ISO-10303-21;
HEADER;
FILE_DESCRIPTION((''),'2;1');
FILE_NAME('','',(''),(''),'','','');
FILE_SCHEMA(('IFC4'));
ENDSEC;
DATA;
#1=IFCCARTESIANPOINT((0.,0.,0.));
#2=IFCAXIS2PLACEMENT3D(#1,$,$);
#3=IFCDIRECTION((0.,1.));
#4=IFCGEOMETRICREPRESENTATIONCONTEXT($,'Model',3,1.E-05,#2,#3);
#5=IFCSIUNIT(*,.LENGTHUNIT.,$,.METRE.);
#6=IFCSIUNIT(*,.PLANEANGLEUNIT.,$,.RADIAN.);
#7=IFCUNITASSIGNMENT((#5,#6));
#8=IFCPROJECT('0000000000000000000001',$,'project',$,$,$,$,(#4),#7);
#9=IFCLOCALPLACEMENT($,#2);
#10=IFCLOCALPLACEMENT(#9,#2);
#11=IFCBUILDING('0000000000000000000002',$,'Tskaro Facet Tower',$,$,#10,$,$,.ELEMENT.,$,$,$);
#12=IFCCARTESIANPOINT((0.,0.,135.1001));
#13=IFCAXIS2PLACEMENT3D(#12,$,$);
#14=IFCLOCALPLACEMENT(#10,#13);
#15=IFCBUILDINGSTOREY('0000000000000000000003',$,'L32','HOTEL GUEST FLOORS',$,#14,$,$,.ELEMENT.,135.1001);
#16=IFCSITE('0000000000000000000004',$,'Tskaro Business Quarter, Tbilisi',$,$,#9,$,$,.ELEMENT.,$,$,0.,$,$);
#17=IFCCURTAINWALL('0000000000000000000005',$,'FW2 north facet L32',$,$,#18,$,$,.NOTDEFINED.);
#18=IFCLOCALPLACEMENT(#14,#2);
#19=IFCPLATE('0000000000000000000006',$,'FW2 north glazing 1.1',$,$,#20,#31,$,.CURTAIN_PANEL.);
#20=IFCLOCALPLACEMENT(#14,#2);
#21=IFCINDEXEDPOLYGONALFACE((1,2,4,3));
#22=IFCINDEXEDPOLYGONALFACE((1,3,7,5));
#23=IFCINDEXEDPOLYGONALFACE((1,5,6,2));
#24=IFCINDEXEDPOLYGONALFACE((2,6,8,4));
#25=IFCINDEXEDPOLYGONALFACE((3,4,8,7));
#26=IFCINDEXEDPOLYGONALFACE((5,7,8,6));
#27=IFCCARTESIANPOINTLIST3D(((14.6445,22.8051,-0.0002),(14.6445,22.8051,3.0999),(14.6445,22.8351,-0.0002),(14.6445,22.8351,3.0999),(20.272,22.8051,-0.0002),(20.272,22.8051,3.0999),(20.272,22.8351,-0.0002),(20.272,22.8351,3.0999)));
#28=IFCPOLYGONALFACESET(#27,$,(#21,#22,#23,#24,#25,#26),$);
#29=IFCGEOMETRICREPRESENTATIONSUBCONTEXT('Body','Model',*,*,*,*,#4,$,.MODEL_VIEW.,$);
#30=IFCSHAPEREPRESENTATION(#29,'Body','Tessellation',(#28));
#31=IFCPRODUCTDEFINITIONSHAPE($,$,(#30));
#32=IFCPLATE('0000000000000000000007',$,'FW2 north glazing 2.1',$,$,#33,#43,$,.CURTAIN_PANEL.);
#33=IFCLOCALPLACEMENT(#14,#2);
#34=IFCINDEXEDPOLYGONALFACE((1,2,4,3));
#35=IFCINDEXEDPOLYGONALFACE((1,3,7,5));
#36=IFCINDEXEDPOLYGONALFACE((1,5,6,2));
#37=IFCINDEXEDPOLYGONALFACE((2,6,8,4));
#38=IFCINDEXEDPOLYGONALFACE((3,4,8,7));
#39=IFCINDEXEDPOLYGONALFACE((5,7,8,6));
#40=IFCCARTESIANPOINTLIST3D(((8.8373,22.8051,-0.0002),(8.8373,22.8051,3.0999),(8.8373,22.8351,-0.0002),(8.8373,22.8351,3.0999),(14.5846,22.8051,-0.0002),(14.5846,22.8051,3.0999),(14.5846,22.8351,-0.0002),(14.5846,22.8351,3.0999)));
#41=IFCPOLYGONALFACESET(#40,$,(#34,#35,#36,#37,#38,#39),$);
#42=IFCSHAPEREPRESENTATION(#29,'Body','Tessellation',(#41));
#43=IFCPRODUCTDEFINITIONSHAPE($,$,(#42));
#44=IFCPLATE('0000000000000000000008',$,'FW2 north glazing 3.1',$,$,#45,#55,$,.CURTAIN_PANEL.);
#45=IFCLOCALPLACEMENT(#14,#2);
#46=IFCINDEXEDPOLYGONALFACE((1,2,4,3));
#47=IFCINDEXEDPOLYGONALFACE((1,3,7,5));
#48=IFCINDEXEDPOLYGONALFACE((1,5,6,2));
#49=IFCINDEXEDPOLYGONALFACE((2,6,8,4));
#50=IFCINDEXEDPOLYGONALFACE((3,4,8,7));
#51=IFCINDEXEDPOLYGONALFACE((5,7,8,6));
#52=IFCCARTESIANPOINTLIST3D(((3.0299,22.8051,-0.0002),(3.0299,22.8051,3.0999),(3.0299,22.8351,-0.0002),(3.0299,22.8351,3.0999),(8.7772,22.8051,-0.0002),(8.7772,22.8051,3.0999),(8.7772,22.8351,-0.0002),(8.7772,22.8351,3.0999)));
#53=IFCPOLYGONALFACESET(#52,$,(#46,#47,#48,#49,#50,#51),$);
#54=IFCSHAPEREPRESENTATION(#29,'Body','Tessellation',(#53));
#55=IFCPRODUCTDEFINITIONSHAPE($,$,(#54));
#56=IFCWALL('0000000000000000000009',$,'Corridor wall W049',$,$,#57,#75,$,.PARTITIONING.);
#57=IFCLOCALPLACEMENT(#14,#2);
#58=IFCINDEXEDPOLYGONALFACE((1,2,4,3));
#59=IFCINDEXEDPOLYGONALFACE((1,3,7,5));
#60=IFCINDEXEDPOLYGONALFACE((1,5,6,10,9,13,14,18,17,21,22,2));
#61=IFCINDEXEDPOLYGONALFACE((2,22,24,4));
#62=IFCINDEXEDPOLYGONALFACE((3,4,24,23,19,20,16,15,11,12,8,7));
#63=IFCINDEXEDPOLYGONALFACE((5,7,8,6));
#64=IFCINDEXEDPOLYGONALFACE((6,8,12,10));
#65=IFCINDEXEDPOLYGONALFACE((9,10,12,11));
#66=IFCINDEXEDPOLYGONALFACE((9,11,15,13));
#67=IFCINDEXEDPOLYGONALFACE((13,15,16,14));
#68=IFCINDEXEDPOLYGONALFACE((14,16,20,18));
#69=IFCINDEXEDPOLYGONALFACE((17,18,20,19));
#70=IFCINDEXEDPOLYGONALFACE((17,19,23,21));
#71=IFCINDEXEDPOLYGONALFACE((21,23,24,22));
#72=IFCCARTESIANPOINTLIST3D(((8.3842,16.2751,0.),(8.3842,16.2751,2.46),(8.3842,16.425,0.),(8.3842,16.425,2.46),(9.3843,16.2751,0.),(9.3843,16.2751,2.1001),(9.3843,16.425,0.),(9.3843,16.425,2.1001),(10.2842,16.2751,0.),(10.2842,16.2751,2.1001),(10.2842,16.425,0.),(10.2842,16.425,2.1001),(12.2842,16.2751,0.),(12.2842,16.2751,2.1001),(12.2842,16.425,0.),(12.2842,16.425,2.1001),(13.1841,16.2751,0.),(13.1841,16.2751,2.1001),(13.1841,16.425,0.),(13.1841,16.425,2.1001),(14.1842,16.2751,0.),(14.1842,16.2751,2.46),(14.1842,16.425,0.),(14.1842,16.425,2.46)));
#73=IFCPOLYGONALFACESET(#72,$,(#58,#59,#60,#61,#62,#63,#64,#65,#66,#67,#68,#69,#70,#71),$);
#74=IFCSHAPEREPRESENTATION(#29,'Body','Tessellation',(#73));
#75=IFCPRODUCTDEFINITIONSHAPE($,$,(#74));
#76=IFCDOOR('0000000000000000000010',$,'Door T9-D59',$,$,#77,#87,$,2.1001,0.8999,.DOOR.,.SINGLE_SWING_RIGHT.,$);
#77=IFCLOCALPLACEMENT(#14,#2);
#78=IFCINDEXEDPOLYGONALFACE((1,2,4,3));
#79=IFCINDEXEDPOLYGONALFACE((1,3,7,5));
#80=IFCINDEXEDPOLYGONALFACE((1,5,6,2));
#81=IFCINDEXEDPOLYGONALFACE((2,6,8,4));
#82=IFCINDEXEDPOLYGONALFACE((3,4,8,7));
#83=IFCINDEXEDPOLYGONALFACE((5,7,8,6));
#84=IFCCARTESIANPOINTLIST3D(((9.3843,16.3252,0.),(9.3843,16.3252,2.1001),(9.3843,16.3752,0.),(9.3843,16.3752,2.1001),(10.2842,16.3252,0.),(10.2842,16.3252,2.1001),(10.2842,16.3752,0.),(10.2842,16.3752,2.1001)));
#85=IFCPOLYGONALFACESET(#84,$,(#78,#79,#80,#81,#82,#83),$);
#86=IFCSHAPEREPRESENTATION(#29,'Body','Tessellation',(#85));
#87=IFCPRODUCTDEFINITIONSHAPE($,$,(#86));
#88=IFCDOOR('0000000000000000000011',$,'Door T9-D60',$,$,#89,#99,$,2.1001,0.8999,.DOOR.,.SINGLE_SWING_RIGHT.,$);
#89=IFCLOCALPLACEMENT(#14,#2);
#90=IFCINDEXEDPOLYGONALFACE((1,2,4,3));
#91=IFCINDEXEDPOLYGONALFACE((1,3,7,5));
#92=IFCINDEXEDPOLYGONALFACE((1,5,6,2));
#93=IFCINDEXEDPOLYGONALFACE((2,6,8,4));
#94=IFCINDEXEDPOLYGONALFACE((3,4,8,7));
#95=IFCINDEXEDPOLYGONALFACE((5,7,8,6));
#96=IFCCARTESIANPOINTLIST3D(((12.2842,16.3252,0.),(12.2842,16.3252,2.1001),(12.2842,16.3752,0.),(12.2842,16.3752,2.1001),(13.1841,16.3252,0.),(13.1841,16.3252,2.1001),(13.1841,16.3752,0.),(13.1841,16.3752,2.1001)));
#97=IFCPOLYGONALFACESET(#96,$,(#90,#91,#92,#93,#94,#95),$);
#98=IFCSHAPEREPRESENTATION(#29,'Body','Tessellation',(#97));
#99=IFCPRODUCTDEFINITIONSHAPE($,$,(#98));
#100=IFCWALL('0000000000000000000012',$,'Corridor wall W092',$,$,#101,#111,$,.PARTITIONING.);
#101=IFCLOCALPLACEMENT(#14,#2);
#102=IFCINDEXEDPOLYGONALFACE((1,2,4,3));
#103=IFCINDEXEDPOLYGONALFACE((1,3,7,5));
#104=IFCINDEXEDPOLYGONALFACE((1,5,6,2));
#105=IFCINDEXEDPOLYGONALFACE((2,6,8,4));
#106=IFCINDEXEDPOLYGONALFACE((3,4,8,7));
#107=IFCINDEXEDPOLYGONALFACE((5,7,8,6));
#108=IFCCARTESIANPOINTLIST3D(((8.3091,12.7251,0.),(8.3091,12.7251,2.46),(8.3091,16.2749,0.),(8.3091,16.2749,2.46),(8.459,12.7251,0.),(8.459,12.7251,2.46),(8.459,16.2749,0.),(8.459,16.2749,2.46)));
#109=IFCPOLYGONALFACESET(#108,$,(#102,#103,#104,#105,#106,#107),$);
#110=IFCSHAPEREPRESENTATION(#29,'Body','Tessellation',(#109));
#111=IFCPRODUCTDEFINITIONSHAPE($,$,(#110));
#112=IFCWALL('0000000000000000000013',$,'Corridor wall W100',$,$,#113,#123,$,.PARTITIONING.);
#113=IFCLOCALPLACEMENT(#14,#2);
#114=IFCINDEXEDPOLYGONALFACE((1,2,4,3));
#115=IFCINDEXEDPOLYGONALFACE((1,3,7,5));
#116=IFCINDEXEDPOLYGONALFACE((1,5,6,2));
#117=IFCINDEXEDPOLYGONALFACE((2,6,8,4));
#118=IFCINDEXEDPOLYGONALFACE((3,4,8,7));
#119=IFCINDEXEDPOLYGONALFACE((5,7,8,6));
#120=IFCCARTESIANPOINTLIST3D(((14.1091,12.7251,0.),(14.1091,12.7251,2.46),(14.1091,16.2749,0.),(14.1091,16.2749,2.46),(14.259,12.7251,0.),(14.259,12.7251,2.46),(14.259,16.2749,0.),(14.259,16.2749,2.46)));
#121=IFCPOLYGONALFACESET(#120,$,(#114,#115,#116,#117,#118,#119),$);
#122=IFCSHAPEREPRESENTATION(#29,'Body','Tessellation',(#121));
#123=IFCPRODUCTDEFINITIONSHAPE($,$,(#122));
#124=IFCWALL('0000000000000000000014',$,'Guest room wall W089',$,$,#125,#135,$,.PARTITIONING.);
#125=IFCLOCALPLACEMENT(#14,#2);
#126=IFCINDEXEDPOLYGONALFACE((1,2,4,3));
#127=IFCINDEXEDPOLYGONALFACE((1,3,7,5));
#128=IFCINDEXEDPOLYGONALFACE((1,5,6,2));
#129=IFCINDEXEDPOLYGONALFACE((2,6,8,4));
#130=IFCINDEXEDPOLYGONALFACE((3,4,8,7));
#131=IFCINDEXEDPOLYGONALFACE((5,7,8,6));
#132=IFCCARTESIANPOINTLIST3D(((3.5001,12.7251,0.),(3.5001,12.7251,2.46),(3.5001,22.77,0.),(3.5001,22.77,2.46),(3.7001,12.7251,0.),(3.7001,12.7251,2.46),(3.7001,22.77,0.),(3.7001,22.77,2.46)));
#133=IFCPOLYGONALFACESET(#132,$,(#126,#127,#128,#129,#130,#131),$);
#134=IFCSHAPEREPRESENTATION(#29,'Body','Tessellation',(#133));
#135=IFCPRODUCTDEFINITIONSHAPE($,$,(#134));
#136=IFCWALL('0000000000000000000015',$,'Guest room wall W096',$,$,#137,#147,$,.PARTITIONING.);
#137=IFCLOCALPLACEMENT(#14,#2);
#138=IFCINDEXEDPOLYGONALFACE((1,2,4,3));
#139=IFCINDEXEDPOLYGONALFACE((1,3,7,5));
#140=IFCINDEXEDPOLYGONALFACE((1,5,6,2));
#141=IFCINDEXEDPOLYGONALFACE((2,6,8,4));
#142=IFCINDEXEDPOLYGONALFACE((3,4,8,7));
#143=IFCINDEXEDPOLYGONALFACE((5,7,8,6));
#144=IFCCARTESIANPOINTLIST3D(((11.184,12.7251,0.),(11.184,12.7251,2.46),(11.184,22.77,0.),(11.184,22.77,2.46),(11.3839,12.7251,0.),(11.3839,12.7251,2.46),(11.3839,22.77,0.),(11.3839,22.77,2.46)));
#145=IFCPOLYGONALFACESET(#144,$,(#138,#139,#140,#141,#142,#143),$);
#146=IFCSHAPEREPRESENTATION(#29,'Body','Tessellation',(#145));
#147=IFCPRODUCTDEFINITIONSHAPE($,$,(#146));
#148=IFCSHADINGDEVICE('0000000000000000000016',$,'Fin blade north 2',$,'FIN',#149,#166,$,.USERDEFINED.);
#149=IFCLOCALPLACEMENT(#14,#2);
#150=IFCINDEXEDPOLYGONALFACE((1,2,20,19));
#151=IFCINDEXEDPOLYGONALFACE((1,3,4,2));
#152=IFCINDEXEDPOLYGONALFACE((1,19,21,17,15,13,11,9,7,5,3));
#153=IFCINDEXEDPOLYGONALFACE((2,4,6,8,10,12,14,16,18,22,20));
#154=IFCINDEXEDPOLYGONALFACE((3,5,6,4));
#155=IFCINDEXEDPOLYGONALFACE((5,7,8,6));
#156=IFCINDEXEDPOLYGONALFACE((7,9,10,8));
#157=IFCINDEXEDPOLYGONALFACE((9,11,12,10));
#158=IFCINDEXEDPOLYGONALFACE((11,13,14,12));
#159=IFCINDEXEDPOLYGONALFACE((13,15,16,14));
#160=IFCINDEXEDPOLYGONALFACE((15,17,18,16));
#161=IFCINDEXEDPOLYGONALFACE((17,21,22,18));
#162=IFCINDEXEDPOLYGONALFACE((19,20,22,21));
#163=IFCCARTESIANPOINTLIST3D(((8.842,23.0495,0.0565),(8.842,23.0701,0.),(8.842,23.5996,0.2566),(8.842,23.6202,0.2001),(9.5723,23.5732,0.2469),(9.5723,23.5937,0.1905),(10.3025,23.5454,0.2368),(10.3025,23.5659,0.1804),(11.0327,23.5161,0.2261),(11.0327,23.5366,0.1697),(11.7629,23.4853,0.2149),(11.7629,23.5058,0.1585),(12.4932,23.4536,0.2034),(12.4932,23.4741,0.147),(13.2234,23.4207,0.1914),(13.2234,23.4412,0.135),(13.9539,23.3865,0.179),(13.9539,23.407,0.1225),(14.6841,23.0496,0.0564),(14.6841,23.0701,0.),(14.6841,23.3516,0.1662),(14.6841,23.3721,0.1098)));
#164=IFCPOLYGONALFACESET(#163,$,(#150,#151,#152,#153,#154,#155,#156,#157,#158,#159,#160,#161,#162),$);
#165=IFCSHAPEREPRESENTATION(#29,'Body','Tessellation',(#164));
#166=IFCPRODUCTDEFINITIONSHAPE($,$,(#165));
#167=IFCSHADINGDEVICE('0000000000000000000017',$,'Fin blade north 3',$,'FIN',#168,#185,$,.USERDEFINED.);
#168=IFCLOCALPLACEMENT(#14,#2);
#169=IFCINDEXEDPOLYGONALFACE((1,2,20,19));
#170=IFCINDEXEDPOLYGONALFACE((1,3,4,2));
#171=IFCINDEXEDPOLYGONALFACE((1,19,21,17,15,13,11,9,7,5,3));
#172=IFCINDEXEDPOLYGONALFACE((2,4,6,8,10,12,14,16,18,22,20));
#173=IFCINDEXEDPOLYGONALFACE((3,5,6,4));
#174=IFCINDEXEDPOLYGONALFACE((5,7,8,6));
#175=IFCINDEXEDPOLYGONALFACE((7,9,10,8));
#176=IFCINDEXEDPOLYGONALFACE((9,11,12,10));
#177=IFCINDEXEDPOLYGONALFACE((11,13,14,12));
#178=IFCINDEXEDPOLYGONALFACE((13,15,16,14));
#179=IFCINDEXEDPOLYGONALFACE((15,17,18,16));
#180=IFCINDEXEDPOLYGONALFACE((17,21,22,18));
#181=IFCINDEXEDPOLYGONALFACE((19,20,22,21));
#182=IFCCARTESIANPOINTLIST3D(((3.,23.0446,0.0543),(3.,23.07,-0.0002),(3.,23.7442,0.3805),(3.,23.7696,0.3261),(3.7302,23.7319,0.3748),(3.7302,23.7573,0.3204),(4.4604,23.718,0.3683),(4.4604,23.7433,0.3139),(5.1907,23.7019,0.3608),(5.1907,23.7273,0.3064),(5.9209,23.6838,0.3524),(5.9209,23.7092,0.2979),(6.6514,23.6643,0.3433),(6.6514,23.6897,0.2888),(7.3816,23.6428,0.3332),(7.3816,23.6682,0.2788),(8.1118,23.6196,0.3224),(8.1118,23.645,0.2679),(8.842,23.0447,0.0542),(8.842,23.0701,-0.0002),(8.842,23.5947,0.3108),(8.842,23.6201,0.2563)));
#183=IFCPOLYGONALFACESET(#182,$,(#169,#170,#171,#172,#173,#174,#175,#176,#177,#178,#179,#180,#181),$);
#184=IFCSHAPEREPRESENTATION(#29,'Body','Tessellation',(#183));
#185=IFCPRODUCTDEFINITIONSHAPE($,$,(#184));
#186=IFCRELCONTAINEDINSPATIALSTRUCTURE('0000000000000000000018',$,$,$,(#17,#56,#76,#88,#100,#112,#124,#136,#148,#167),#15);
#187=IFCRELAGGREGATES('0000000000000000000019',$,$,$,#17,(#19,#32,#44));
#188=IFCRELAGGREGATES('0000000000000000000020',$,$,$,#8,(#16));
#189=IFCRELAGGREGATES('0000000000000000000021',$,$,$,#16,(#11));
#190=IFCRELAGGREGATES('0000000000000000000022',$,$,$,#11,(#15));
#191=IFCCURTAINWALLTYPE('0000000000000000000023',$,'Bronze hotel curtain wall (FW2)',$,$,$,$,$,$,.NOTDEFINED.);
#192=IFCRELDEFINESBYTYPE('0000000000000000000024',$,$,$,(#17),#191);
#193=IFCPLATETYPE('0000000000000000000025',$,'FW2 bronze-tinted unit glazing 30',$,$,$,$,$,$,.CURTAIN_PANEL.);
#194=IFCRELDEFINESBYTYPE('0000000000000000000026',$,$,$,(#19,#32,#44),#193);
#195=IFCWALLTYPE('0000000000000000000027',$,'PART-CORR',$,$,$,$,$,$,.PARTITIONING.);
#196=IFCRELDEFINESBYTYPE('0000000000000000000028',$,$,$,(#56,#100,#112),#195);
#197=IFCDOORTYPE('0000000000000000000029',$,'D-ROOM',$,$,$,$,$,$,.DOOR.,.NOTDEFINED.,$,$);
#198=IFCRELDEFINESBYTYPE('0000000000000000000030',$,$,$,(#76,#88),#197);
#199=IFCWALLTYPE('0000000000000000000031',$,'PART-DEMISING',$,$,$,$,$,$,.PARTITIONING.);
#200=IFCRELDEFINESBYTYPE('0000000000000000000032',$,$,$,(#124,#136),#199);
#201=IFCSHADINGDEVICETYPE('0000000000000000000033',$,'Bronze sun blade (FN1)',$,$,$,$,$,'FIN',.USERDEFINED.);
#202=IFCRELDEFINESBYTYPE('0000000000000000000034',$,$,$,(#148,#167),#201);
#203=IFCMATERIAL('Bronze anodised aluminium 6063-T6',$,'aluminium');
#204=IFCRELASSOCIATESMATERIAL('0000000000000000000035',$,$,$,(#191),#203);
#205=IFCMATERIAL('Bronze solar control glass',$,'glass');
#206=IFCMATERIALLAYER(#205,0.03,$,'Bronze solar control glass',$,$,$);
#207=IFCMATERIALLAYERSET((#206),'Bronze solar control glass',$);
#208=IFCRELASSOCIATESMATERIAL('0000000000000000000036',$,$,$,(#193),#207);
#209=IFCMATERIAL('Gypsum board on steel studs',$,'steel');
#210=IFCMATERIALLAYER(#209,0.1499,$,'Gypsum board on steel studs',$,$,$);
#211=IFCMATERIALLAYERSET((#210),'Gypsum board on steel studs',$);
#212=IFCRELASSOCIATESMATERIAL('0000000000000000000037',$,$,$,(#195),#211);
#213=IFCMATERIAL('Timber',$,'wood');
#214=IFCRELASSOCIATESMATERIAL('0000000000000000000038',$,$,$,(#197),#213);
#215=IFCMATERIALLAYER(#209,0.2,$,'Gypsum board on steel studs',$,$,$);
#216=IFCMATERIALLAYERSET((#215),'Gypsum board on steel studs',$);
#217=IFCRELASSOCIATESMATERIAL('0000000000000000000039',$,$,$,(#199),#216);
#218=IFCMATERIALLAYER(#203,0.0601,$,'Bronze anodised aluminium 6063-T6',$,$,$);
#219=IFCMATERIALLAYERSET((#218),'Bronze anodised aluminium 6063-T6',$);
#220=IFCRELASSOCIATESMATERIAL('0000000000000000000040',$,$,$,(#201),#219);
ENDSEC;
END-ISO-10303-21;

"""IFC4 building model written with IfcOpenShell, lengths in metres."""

from ifc_helpers import new_model, si_unit, direction, frame, frame_2d, origin, origin_2d, place, context, subcontext, project, spatial, polyline, rectangle, outline, extrude, material, layer, layer_set, type_object, element, fill, aggregate, save


model = new_model("IFC4")

# Units and contexts
model_context = context("Model", 3, precision=1e-05, world=origin(), true_north=direction((0.0, 1.0)))
body_context = subcontext(model_context, "Body", "Model", "MODEL_VIEW")
ifc_project = project(units=[si_unit("LENGTHUNIT", "METRE"), si_unit("PLANEANGLEUNIT", "RADIAN")], contexts=[model_context])

# Site, building, storey
site_placement = place(None, origin())
site = spatial("IfcSite", under=ifc_project, at=site_placement, Name="Tskaro Business Quarter, Tbilisi", CompositionType="ELEMENT", RefElevation=0.0)
building_placement = place(site_placement, origin())
building = spatial("IfcBuilding", under=site, at=building_placement, Name="Tskaro Facet Tower", CompositionType="ELEMENT")
storey_placement = place(building_placement, frame((0.0, 0.0, 135.1001)))
storey = spatial("IfcBuildingStorey", under=building, at=storey_placement, Name="L32", Description="HOTEL GUEST FLOORS", CompositionType="ELEMENT", Elevation=135.1001)

# Curtain wall
ifc_material_1 = material(Name="Bronze anodised aluminium 6063-T6", Category="aluminium")
curtain_wall_type = type_object("IfcCurtainWallType", Name="Bronze hotel curtain wall (FW2)", PredefinedType="NOTDEFINED", material=ifc_material_1)
curtain_wall_placement = place(storey_placement, origin())
curtain_wall = element("IfcCurtainWall", 1, at=curtain_wall_placement, inside=storey, type_object=curtain_wall_type, Name="FW2 north facet L32", PredefinedType="NOTDEFINED")

# Plates
ifc_material_2 = material(Name="Bronze solar control glass", Category="glass")
ifc_layer_1 = layer(ifc_material_2, 0.03, Name="Bronze solar control glass")
ifc_layer_set_1 = layer_set([ifc_layer_1], Name="Bronze solar control glass")
plate_type = type_object("IfcPlateType", Name="FW2 bronze-tinted unit glazing 30", PredefinedType="CURTAIN_PANEL", material=ifc_layer_set_1)
plate_1_placement = place(storey_placement, frame((17.4583, 22.8201, -0.0002), z_axis=(0.0, 0.0, 1.0), x_axis=(-1.0, 0.0, 0.0)))
plate_1 = element("IfcPlate", 2, at=plate_1_placement, type_object=plate_type, Name="FW2 north glazing 1.1", PredefinedType="CURTAIN_PANEL", context=body_context, shape_type="SweptSolid", body=[
    extrude(rectangle(XDim=5.6274, YDim=0.03, at=origin_2d()), origin(), (0.0, 0.0, 1.0), 3.1001),
])
plate_2_placement = place(storey_placement, frame((11.7109, 22.8201, -0.0002), z_axis=(0.0, 0.0, 1.0), x_axis=(-1.0, 0.0, 0.0)))
plate_2 = element("IfcPlate", 3, at=plate_2_placement, type_object=plate_type, Name="FW2 north glazing 2.1", PredefinedType="CURTAIN_PANEL", context=body_context, shape_type="SweptSolid", body=[
    extrude(rectangle(XDim=5.7473, YDim=0.03, at=origin_2d()), origin(), (0.0, 0.0, 1.0), 3.1001),
])
plate_3_placement = place(storey_placement, frame((5.9036, 22.8201, -0.0002), z_axis=(0.0, 0.0, 1.0), x_axis=(-1.0, 0.0, 0.0)))
plate_3 = element("IfcPlate", 4, at=plate_3_placement, type_object=plate_type, Name="FW2 north glazing 3.1", PredefinedType="CURTAIN_PANEL", context=body_context, shape_type="SweptSolid", body=[
    extrude(rectangle(XDim=5.7473, YDim=0.03, at=origin_2d()), origin(), (0.0, 0.0, 1.0), 3.1001),
])
aggregate(curtain_wall, [plate_1, plate_2, plate_3])

# Wall, openings, doors
ifc_material_3 = material(Name="Gypsum board on steel studs", Category="steel")
ifc_layer_2 = layer(ifc_material_3, 0.1499, Name="Gypsum board on steel studs")
ifc_layer_set_2 = layer_set([ifc_layer_2], Name="Gypsum board on steel studs")
wall_type_1 = type_object("IfcWallType", Name="PART-CORR", PredefinedType="PARTITIONING", material=ifc_layer_set_2)
wall_placement = place(storey_placement, frame((14.1841, 16.3501, 0.0), z_axis=(0.0, 0.0, 1.0), x_axis=(-1.0, 0.0, 0.0)))
wall = element("IfcWall", 5, at=wall_placement, inside=storey, type_object=wall_type_1, Name="Corridor wall W049", PredefinedType="PARTITIONING", context=body_context, shape_type="SweptSolid", body=[
    extrude(rectangle(XDim=5.8, YDim=0.1499, at=frame_2d((2.8999, 0.0))), origin(), (0.0, 0.0, 1.0), 2.46),
])
opening_1_placement = place(wall_placement, frame((3.8999, 0.0, 0.0)))
opening_1 = element("IfcOpeningElement", 6, at=opening_1_placement, cuts=wall, PredefinedType="OPENING", context=body_context, shape_type="SweptSolid", body=[
    extrude(rectangle(XDim=0.8999, YDim=2.1001, at=frame_2d((0.45, 1.05))), frame((0.0, 0.085, 0.0), z_axis=(0.0, -1.0, 0.0), x_axis=(1.0, 0.0, 0.0)), (0.0, 0.0, 1.0), 0.1699),
])
opening_2_placement = place(wall_placement, frame((1.0, 0.0, 0.0)))
opening_2 = element("IfcOpeningElement", 7, at=opening_2_placement, cuts=wall, PredefinedType="OPENING", context=body_context, shape_type="SweptSolid", body=[
    extrude(rectangle(XDim=0.8999, YDim=2.1001, at=frame_2d((0.45, 1.05))), frame((0.0, 0.085, 0.0), z_axis=(0.0, -1.0, 0.0), x_axis=(1.0, 0.0, 0.0)), (0.0, 0.0, 1.0), 0.1699),
])
ifc_material_4 = material(Name="Timber", Category="wood")
door_type = type_object("IfcDoorType", Name="D-ROOM", OperationType="NOTDEFINED", PredefinedType="DOOR", material=ifc_material_4)
door_1_placement = place(opening_1_placement, origin())
door_1 = element("IfcDoor", 8, at=door_1_placement, inside=storey, type_object=door_type, Name="Door T9-D59", OperationType="SINGLE_SWING_RIGHT", OverallHeight=2.1001, OverallWidth=0.8999, PredefinedType="DOOR", context=body_context, shape_type="SweptSolid", body=[
    extrude(rectangle(XDim=0.8999, YDim=2.1001, at=frame_2d((0.45, 1.05))), frame((0.0, 0.0249, 0.0), z_axis=(0.0, -1.0, 0.0), x_axis=(1.0, 0.0, 0.0)), (0.0, 0.0, 1.0), 0.05),
])
fill(opening_1, door_1)
door_2_placement = place(opening_2_placement, origin())
door_2 = element("IfcDoor", 9, at=door_2_placement, inside=storey, type_object=door_type, Name="Door T9-D60", OperationType="SINGLE_SWING_RIGHT", OverallHeight=2.1001, OverallWidth=0.8999, PredefinedType="DOOR", context=body_context, shape_type="SweptSolid", body=[
    extrude(rectangle(XDim=0.8999, YDim=2.1001, at=frame_2d((0.45, 1.05))), frame((0.0, 0.0249, 0.0), z_axis=(0.0, -1.0, 0.0), x_axis=(1.0, 0.0, 0.0)), (0.0, 0.0, 1.0), 0.05),
])
fill(opening_2, door_2)

# Walls
for number, where, z_axis, x_axis, name in (
    (10, (8.384, 12.7251, 0.0), (0.0, 0.0, 1.0), (0.0, 1.0, 0.0), "Corridor wall W092"),
    (11, (14.1841, 12.7251, 0.0), (0.0, 0.0, 1.0), (0.0, 1.0, 0.0), "Corridor wall W100"),
):
    element("IfcWall", number, at=place(storey_placement, frame(where, z_axis=z_axis, x_axis=x_axis)), inside=storey, type_object=wall_type_1, Name=name, PredefinedType="PARTITIONING", context=body_context, shape_type="SweptSolid", body=[
        extrude(rectangle(XDim=3.5498, YDim=0.1499, at=frame_2d((1.7749, 0.0))), origin(), (0.0, 0.0, 1.0), 2.46),
    ])
ifc_layer_3 = layer(ifc_material_3, 0.2, Name="Gypsum board on steel studs")
ifc_layer_set_3 = layer_set([ifc_layer_3], Name="Gypsum board on steel studs")
wall_type_2 = type_object("IfcWallType", Name="PART-DEMISING", PredefinedType="PARTITIONING", material=ifc_layer_set_3)
for number, where, z_axis, x_axis, name in (
    (12, (3.6001, 12.7251, 0.0), (0.0, 0.0, 1.0), (0.0, 1.0, 0.0), "Guest room wall W089"),
    (13, (11.2839, 12.7251, 0.0), (0.0, 0.0, 1.0), (0.0, 1.0, 0.0), "Guest room wall W096"),
):
    element("IfcWall", number, at=place(storey_placement, frame(where, z_axis=z_axis, x_axis=x_axis)), inside=storey, type_object=wall_type_2, Name=name, PredefinedType="PARTITIONING", context=body_context, shape_type="SweptSolid", body=[
        extrude(rectangle(XDim=10.0449, YDim=0.2, at=frame_2d((5.0225, 0.0))), origin(), (0.0, 0.0, 1.0), 2.46),
    ])

# Shading devices
ifc_layer_4 = layer(ifc_material_1, 0.0601, Name="Bronze anodised aluminium 6063-T6")
ifc_layer_set_4 = layer_set([ifc_layer_4], Name="Bronze anodised aluminium 6063-T6")
shading_device_type = type_object("IfcShadingDeviceType", Name="Bronze sun blade (FN1)", ElementType="FIN", PredefinedType="USERDEFINED", material=ifc_layer_set_4)
shading_device_1_placement = place(storey_placement, frame((14.6841, 23.0496, 0.0564), z_axis=(0.000011, -0.341834, 0.939761), x_axis=(-1.0, -0.000004, 0.000011)))
element("IfcShadingDevice", 14, at=shading_device_1_placement, inside=storey, type_object=shading_device_type, Name="Fin blade north 2", ObjectType="FIN", PredefinedType="USERDEFINED", context=body_context, shape_type="SweptSolid", body=[
    extrude(outline(polyline([(0.0, 0.0), (5.842, 0.0), (5.842, -0.5853), (5.1118, -0.5572), (4.3816, -0.5277), (3.6514, -0.4964), (2.9211, -0.4637), (2.1909, -0.43), (1.4607, -0.3949), (0.7302, -0.3585), (0.0, -0.3214), (0.0, 0.0)])), origin(), (0.0, 0.0, -1.0), 0.0601),
])
shading_device_2_placement = place(storey_placement, frame((8.842, 23.0447, 0.0542), z_axis=(0.000012, -0.422718, 0.906261), x_axis=(-1.0, -0.000005, 0.000011)))
element("IfcShadingDevice", 15, at=shading_device_2_placement, inside=storey, type_object=shading_device_type, Name="Fin blade north 3", ObjectType="FIN", PredefinedType="USERDEFINED", context=body_context, shape_type="SweptSolid", body=[
    extrude(outline(polyline([(0.0, 0.0), (5.842, 0.0), (5.842, -0.7719), (5.1118, -0.7583), (4.3816, -0.7429), (3.6514, -0.7252), (2.9211, -0.7053), (2.1907, -0.6837), (1.4604, -0.66), (0.7302, -0.6344), (0.0, -0.607), (0.0, 0.0)])), origin(), (0.0, 0.0, -1.0), 0.0601),
])

save(model, "model.ifc")
